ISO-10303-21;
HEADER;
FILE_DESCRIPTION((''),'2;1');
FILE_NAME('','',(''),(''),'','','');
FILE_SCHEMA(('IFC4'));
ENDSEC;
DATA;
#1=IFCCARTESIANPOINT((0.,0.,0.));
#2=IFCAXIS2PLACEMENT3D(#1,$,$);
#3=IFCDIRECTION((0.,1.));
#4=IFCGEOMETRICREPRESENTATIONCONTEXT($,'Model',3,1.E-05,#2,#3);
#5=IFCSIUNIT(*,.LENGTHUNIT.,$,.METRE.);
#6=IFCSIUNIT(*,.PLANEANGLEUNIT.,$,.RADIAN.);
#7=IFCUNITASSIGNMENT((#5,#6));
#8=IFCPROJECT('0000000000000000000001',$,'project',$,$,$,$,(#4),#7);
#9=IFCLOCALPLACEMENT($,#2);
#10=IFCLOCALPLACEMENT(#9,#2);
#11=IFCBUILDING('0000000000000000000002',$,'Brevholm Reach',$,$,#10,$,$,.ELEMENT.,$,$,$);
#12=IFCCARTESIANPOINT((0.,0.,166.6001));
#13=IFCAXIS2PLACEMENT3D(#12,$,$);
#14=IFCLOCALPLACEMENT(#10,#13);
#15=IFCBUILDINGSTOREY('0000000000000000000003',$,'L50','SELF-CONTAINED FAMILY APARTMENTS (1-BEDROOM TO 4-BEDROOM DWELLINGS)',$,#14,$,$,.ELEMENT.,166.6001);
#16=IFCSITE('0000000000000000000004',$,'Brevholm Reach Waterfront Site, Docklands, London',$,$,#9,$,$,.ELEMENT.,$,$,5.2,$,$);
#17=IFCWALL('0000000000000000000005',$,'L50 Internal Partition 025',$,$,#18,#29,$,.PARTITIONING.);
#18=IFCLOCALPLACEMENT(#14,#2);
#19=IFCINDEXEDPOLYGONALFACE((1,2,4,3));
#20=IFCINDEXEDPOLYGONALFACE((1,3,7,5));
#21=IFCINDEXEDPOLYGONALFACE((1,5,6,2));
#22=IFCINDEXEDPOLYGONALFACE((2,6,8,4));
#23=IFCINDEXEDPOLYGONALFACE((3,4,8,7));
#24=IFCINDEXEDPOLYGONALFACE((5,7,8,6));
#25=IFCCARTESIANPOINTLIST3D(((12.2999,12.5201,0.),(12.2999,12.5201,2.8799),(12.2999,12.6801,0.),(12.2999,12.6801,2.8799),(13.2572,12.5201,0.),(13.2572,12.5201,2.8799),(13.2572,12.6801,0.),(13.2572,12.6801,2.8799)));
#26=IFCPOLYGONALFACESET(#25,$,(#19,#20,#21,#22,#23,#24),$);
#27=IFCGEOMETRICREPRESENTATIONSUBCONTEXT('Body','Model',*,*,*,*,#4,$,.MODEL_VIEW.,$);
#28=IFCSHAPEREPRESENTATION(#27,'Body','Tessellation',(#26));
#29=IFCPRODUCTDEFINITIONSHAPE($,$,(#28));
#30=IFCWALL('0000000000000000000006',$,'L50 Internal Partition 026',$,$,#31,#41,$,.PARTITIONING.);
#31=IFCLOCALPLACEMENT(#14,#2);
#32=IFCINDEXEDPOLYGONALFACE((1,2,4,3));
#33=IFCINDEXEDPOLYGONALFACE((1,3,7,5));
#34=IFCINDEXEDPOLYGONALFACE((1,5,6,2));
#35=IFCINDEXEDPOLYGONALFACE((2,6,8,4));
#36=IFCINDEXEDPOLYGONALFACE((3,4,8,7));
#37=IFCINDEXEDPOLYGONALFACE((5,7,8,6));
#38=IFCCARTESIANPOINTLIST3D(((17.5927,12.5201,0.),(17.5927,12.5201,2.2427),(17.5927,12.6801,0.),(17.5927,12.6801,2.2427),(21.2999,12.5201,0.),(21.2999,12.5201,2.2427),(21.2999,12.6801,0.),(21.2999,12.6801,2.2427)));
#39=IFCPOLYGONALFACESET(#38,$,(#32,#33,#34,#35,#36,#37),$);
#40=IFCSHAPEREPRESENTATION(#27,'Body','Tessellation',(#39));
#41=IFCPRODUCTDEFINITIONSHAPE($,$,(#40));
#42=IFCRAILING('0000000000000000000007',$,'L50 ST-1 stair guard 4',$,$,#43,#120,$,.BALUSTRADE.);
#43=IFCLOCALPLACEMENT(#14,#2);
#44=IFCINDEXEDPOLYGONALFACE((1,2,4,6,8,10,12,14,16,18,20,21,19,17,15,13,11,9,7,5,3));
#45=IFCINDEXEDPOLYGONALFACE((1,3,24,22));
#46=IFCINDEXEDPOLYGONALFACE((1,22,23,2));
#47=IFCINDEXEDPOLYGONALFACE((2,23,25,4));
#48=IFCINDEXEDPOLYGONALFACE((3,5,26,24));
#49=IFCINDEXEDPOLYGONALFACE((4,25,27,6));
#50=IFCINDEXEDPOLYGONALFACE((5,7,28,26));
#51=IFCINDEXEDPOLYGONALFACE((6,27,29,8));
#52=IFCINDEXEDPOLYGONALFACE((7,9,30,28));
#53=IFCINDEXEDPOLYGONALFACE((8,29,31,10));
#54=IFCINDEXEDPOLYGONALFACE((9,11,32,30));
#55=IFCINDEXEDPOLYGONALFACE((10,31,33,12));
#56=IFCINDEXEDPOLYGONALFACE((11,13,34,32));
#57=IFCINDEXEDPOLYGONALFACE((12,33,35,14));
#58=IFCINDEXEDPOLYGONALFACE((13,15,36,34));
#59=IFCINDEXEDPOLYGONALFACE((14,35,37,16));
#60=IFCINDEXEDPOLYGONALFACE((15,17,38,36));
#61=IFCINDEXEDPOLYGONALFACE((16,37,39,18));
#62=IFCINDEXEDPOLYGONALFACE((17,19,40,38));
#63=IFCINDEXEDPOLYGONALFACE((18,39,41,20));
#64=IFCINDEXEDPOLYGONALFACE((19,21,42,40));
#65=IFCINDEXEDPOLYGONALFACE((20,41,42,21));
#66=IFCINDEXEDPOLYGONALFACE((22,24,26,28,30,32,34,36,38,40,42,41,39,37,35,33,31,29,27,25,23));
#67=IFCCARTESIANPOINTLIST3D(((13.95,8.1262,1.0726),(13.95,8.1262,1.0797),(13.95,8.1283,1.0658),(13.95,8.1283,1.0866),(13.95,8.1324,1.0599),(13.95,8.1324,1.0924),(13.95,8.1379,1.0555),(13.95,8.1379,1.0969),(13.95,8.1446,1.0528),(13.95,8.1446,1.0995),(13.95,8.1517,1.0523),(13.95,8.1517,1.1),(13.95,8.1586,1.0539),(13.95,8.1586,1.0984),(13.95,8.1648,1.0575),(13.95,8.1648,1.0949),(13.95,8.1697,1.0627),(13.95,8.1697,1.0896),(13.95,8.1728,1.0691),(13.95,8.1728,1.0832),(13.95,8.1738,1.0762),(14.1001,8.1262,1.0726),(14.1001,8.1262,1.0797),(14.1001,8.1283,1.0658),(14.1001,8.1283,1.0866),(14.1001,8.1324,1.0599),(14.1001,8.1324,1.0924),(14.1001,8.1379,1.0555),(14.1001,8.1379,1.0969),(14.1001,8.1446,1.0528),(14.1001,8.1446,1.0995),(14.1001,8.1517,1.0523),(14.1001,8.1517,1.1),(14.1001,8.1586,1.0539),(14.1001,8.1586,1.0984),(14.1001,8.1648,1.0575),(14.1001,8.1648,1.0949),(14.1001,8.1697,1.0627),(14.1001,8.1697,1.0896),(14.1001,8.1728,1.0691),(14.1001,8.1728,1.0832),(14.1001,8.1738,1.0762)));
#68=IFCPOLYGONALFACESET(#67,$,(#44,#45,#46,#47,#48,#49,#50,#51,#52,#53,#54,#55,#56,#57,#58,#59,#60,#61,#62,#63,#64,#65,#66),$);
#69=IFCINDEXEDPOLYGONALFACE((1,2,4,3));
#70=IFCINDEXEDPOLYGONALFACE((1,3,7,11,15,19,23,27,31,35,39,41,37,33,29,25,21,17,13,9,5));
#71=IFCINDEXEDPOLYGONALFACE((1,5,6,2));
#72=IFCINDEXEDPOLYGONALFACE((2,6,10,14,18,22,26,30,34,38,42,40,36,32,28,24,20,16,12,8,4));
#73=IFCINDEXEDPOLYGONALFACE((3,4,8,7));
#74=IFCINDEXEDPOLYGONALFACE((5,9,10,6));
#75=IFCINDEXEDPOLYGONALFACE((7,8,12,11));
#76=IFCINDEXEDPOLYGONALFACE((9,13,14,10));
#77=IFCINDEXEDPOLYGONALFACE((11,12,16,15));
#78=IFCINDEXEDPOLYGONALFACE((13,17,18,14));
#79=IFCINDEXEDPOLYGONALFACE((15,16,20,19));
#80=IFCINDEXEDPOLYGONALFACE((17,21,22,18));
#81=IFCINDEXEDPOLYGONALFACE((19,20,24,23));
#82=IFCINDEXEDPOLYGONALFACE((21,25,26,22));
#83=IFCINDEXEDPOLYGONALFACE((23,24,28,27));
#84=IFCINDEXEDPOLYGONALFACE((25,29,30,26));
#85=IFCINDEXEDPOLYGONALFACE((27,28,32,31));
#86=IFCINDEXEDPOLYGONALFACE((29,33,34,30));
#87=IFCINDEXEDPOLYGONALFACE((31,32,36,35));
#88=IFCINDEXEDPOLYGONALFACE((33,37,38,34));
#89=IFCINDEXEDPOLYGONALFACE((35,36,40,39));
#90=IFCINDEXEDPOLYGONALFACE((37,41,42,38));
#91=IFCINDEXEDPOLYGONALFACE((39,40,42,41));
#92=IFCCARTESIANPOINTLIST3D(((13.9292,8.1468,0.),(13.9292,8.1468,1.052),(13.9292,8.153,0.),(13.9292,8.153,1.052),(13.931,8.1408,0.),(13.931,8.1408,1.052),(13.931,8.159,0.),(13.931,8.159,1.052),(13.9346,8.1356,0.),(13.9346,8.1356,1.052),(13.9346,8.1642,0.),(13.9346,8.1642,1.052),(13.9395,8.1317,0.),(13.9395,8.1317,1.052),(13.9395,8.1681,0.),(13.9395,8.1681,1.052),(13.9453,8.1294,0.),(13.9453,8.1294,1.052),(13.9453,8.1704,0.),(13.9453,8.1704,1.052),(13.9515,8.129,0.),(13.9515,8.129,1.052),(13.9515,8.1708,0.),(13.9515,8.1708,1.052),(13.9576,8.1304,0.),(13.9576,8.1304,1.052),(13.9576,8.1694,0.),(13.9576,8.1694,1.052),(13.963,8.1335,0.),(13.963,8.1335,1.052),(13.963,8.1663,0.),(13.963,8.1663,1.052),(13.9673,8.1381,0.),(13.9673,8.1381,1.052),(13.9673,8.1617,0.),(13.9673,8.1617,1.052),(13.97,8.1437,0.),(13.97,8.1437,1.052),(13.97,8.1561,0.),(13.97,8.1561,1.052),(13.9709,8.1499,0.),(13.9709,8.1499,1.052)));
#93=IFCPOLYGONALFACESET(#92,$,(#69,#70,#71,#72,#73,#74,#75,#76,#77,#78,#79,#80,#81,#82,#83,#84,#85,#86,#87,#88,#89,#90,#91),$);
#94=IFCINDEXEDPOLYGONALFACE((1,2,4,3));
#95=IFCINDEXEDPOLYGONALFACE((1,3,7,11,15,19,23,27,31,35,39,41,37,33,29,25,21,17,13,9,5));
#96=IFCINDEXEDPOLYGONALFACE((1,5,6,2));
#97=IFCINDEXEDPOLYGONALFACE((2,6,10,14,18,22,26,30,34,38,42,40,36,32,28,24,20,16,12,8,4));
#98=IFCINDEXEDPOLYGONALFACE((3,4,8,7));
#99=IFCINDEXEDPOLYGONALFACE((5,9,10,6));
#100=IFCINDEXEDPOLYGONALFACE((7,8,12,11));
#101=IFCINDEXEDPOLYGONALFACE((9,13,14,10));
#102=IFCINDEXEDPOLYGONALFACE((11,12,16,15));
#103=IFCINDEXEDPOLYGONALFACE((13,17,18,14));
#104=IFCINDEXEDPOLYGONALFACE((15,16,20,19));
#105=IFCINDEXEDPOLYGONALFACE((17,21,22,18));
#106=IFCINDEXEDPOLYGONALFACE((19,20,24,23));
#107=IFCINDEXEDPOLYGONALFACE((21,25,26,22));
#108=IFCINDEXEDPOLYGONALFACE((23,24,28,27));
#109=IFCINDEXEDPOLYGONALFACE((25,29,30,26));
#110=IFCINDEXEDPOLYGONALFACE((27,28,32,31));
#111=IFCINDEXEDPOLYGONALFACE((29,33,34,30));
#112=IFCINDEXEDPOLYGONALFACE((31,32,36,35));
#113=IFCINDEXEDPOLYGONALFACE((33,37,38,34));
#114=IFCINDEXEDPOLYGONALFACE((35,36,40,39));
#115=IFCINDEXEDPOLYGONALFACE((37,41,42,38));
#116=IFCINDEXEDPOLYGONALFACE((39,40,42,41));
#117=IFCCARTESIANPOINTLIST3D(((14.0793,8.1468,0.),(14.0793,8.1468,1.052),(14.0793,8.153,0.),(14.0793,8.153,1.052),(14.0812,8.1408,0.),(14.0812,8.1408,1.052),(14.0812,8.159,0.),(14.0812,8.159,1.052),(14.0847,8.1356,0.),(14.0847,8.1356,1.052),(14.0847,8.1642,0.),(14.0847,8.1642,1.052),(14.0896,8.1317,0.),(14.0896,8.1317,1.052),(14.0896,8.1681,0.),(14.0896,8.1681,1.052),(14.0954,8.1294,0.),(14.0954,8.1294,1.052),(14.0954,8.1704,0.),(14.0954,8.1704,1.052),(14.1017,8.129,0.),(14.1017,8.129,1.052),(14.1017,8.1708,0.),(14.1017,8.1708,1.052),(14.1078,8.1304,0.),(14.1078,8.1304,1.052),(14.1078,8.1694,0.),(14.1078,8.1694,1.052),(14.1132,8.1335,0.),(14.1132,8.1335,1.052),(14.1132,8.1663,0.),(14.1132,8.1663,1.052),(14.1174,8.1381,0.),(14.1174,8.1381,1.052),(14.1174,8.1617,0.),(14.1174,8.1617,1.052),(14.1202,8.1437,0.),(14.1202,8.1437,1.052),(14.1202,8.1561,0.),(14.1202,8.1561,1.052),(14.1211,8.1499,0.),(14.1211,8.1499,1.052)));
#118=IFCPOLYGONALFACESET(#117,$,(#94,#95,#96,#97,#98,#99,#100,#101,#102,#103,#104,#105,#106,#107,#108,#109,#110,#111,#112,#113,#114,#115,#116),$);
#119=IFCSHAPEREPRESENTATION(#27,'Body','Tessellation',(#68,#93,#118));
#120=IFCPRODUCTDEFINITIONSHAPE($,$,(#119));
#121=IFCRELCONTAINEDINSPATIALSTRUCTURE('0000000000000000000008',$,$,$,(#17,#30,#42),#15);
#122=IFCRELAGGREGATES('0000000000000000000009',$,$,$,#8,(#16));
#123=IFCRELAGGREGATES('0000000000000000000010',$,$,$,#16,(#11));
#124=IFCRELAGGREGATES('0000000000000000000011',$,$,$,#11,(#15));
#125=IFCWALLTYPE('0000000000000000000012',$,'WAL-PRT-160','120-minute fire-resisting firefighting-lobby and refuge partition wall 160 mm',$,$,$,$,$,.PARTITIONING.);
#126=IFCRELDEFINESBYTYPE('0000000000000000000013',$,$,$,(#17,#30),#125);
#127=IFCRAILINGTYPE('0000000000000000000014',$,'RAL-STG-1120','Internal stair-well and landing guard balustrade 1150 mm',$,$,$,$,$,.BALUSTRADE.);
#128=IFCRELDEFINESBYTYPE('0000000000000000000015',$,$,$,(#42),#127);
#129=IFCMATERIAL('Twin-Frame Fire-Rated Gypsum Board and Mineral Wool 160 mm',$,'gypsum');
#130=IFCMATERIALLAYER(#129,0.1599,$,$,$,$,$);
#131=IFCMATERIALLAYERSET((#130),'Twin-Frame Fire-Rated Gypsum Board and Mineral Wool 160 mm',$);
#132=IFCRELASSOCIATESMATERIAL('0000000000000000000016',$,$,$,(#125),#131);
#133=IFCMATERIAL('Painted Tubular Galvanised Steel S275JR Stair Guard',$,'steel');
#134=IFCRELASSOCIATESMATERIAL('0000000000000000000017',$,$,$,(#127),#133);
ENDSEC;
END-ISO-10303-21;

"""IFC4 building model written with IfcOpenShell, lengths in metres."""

from ifc_helpers import new_model, si_unit, direction, frame, frame_2d, origin, origin_2d, place, context, subcontext, project, spatial, rectangle, circle, extrude, material, layer, layer_set, type_object, element, save


model = new_model("IFC4")

# Units and contexts
model_context = context("Model", 3, precision=1e-05, world=origin(), true_north=direction((0.0, 1.0)))
body_context = subcontext(model_context, "Body", "Model", "MODEL_VIEW")
ifc_project = project(units=[si_unit("LENGTHUNIT", "METRE"), si_unit("PLANEANGLEUNIT", "RADIAN")], contexts=[model_context])

# Site, building, storey
site_placement = place(None, origin())
site = spatial("IfcSite", under=ifc_project, at=site_placement, Name="Brevholm Reach Waterfront Site, Docklands, London", CompositionType="ELEMENT", RefElevation=5.2)
building_placement = place(site_placement, origin())
building = spatial("IfcBuilding", under=site, at=building_placement, Name="Brevholm Reach", CompositionType="ELEMENT")
storey_placement = place(building_placement, frame((0.0, 0.0, 166.6001)))
storey = spatial("IfcBuildingStorey", under=building, at=storey_placement, Name="L50", Description="SELF-CONTAINED FAMILY APARTMENTS (1-BEDROOM TO 4-BEDROOM DWELLINGS)", CompositionType="ELEMENT", Elevation=166.6001)

# Shared definitions
ifc_material_1 = material(Name="Twin-Frame Fire-Rated Gypsum Board and Mineral Wool 160 mm", Category="gypsum")
ifc_layer_1 = layer(ifc_material_1, 0.1599)
ifc_layer_set_1 = layer_set([ifc_layer_1], Name="Twin-Frame Fire-Rated Gypsum Board and Mineral Wool 160 mm")
wall_type_1 = type_object("IfcWallType", Name="WAL-PRT-160", Description="120-minute fire-resisting firefighting-lobby and refuge partition wall 160 mm", PredefinedType="PARTITIONING", material=ifc_layer_set_1)

# Walls
wall_1_placement = place(storey_placement, frame((12.3, 12.6001, 0.0), z_axis=(0.0, 0.0, 1.0), x_axis=(1.0, 0.0, 0.0)))
element("IfcWall", 1, at=wall_1_placement, inside=storey, type_object=wall_type_1, Name="L50 Internal Partition 025", PredefinedType="PARTITIONING", context=body_context, shape_type="SweptSolid", body=[
    extrude(rectangle(XDim=0.9573, YDim=0.1599, at=frame_2d((0.4785, 0.0))), origin(), (0.0, 0.0, 1.0), 2.8799),
])
wall_2_placement = place(storey_placement, frame((17.5928, 12.6001, 0.0), z_axis=(0.0, 0.0, 1.0), x_axis=(1.0, 0.0, 0.0)))
element("IfcWall", 2, at=wall_2_placement, inside=storey, type_object=wall_type_1, Name="L50 Internal Partition 026", PredefinedType="PARTITIONING", context=body_context, shape_type="SweptSolid", body=[
    extrude(rectangle(XDim=3.7073, YDim=0.1599, at=frame_2d((1.8535, 0.0))), origin(), (0.0, 0.0, 1.0), 2.2427),
])

# Railing
ifc_material_2 = material(Name="Painted Tubular Galvanised Steel S275JR Stair Guard", Category="steel")
railing_type = type_object("IfcRailingType", Name="RAL-STG-1120", Description="Internal stair-well and landing guard balustrade 1150 mm", PredefinedType="BALUSTRADE", material=ifc_material_2)
railing_placement = place(storey_placement, frame((13.95, 8.1499, 0.0)))
element("IfcRailing", 3, at=railing_placement, inside=storey, type_object=railing_type, Name="L50 ST-1 stair guard 4", PredefinedType="BALUSTRADE", context=body_context, shape_type="SweptSolid", body=[
    extrude(circle(Radius=0.0239, at=origin_2d()), frame((0.0, 0.0, 1.0762), z_axis=(1.0, 0.0, 0.0), x_axis=(0.0, 1.0, 0.0)), (0.0, 0.0, 1.0), 0.1501),
    extrude(circle(Radius=0.021, at=origin_2d()), origin(), (0.0, 0.0, 1.0), 1.052),
    extrude(circle(Radius=0.021, at=origin_2d()), frame((0.1501, 0.0, 0.0)), (0.0, 0.0, 1.0), 1.052),
])

save(model, "model.ifc")
